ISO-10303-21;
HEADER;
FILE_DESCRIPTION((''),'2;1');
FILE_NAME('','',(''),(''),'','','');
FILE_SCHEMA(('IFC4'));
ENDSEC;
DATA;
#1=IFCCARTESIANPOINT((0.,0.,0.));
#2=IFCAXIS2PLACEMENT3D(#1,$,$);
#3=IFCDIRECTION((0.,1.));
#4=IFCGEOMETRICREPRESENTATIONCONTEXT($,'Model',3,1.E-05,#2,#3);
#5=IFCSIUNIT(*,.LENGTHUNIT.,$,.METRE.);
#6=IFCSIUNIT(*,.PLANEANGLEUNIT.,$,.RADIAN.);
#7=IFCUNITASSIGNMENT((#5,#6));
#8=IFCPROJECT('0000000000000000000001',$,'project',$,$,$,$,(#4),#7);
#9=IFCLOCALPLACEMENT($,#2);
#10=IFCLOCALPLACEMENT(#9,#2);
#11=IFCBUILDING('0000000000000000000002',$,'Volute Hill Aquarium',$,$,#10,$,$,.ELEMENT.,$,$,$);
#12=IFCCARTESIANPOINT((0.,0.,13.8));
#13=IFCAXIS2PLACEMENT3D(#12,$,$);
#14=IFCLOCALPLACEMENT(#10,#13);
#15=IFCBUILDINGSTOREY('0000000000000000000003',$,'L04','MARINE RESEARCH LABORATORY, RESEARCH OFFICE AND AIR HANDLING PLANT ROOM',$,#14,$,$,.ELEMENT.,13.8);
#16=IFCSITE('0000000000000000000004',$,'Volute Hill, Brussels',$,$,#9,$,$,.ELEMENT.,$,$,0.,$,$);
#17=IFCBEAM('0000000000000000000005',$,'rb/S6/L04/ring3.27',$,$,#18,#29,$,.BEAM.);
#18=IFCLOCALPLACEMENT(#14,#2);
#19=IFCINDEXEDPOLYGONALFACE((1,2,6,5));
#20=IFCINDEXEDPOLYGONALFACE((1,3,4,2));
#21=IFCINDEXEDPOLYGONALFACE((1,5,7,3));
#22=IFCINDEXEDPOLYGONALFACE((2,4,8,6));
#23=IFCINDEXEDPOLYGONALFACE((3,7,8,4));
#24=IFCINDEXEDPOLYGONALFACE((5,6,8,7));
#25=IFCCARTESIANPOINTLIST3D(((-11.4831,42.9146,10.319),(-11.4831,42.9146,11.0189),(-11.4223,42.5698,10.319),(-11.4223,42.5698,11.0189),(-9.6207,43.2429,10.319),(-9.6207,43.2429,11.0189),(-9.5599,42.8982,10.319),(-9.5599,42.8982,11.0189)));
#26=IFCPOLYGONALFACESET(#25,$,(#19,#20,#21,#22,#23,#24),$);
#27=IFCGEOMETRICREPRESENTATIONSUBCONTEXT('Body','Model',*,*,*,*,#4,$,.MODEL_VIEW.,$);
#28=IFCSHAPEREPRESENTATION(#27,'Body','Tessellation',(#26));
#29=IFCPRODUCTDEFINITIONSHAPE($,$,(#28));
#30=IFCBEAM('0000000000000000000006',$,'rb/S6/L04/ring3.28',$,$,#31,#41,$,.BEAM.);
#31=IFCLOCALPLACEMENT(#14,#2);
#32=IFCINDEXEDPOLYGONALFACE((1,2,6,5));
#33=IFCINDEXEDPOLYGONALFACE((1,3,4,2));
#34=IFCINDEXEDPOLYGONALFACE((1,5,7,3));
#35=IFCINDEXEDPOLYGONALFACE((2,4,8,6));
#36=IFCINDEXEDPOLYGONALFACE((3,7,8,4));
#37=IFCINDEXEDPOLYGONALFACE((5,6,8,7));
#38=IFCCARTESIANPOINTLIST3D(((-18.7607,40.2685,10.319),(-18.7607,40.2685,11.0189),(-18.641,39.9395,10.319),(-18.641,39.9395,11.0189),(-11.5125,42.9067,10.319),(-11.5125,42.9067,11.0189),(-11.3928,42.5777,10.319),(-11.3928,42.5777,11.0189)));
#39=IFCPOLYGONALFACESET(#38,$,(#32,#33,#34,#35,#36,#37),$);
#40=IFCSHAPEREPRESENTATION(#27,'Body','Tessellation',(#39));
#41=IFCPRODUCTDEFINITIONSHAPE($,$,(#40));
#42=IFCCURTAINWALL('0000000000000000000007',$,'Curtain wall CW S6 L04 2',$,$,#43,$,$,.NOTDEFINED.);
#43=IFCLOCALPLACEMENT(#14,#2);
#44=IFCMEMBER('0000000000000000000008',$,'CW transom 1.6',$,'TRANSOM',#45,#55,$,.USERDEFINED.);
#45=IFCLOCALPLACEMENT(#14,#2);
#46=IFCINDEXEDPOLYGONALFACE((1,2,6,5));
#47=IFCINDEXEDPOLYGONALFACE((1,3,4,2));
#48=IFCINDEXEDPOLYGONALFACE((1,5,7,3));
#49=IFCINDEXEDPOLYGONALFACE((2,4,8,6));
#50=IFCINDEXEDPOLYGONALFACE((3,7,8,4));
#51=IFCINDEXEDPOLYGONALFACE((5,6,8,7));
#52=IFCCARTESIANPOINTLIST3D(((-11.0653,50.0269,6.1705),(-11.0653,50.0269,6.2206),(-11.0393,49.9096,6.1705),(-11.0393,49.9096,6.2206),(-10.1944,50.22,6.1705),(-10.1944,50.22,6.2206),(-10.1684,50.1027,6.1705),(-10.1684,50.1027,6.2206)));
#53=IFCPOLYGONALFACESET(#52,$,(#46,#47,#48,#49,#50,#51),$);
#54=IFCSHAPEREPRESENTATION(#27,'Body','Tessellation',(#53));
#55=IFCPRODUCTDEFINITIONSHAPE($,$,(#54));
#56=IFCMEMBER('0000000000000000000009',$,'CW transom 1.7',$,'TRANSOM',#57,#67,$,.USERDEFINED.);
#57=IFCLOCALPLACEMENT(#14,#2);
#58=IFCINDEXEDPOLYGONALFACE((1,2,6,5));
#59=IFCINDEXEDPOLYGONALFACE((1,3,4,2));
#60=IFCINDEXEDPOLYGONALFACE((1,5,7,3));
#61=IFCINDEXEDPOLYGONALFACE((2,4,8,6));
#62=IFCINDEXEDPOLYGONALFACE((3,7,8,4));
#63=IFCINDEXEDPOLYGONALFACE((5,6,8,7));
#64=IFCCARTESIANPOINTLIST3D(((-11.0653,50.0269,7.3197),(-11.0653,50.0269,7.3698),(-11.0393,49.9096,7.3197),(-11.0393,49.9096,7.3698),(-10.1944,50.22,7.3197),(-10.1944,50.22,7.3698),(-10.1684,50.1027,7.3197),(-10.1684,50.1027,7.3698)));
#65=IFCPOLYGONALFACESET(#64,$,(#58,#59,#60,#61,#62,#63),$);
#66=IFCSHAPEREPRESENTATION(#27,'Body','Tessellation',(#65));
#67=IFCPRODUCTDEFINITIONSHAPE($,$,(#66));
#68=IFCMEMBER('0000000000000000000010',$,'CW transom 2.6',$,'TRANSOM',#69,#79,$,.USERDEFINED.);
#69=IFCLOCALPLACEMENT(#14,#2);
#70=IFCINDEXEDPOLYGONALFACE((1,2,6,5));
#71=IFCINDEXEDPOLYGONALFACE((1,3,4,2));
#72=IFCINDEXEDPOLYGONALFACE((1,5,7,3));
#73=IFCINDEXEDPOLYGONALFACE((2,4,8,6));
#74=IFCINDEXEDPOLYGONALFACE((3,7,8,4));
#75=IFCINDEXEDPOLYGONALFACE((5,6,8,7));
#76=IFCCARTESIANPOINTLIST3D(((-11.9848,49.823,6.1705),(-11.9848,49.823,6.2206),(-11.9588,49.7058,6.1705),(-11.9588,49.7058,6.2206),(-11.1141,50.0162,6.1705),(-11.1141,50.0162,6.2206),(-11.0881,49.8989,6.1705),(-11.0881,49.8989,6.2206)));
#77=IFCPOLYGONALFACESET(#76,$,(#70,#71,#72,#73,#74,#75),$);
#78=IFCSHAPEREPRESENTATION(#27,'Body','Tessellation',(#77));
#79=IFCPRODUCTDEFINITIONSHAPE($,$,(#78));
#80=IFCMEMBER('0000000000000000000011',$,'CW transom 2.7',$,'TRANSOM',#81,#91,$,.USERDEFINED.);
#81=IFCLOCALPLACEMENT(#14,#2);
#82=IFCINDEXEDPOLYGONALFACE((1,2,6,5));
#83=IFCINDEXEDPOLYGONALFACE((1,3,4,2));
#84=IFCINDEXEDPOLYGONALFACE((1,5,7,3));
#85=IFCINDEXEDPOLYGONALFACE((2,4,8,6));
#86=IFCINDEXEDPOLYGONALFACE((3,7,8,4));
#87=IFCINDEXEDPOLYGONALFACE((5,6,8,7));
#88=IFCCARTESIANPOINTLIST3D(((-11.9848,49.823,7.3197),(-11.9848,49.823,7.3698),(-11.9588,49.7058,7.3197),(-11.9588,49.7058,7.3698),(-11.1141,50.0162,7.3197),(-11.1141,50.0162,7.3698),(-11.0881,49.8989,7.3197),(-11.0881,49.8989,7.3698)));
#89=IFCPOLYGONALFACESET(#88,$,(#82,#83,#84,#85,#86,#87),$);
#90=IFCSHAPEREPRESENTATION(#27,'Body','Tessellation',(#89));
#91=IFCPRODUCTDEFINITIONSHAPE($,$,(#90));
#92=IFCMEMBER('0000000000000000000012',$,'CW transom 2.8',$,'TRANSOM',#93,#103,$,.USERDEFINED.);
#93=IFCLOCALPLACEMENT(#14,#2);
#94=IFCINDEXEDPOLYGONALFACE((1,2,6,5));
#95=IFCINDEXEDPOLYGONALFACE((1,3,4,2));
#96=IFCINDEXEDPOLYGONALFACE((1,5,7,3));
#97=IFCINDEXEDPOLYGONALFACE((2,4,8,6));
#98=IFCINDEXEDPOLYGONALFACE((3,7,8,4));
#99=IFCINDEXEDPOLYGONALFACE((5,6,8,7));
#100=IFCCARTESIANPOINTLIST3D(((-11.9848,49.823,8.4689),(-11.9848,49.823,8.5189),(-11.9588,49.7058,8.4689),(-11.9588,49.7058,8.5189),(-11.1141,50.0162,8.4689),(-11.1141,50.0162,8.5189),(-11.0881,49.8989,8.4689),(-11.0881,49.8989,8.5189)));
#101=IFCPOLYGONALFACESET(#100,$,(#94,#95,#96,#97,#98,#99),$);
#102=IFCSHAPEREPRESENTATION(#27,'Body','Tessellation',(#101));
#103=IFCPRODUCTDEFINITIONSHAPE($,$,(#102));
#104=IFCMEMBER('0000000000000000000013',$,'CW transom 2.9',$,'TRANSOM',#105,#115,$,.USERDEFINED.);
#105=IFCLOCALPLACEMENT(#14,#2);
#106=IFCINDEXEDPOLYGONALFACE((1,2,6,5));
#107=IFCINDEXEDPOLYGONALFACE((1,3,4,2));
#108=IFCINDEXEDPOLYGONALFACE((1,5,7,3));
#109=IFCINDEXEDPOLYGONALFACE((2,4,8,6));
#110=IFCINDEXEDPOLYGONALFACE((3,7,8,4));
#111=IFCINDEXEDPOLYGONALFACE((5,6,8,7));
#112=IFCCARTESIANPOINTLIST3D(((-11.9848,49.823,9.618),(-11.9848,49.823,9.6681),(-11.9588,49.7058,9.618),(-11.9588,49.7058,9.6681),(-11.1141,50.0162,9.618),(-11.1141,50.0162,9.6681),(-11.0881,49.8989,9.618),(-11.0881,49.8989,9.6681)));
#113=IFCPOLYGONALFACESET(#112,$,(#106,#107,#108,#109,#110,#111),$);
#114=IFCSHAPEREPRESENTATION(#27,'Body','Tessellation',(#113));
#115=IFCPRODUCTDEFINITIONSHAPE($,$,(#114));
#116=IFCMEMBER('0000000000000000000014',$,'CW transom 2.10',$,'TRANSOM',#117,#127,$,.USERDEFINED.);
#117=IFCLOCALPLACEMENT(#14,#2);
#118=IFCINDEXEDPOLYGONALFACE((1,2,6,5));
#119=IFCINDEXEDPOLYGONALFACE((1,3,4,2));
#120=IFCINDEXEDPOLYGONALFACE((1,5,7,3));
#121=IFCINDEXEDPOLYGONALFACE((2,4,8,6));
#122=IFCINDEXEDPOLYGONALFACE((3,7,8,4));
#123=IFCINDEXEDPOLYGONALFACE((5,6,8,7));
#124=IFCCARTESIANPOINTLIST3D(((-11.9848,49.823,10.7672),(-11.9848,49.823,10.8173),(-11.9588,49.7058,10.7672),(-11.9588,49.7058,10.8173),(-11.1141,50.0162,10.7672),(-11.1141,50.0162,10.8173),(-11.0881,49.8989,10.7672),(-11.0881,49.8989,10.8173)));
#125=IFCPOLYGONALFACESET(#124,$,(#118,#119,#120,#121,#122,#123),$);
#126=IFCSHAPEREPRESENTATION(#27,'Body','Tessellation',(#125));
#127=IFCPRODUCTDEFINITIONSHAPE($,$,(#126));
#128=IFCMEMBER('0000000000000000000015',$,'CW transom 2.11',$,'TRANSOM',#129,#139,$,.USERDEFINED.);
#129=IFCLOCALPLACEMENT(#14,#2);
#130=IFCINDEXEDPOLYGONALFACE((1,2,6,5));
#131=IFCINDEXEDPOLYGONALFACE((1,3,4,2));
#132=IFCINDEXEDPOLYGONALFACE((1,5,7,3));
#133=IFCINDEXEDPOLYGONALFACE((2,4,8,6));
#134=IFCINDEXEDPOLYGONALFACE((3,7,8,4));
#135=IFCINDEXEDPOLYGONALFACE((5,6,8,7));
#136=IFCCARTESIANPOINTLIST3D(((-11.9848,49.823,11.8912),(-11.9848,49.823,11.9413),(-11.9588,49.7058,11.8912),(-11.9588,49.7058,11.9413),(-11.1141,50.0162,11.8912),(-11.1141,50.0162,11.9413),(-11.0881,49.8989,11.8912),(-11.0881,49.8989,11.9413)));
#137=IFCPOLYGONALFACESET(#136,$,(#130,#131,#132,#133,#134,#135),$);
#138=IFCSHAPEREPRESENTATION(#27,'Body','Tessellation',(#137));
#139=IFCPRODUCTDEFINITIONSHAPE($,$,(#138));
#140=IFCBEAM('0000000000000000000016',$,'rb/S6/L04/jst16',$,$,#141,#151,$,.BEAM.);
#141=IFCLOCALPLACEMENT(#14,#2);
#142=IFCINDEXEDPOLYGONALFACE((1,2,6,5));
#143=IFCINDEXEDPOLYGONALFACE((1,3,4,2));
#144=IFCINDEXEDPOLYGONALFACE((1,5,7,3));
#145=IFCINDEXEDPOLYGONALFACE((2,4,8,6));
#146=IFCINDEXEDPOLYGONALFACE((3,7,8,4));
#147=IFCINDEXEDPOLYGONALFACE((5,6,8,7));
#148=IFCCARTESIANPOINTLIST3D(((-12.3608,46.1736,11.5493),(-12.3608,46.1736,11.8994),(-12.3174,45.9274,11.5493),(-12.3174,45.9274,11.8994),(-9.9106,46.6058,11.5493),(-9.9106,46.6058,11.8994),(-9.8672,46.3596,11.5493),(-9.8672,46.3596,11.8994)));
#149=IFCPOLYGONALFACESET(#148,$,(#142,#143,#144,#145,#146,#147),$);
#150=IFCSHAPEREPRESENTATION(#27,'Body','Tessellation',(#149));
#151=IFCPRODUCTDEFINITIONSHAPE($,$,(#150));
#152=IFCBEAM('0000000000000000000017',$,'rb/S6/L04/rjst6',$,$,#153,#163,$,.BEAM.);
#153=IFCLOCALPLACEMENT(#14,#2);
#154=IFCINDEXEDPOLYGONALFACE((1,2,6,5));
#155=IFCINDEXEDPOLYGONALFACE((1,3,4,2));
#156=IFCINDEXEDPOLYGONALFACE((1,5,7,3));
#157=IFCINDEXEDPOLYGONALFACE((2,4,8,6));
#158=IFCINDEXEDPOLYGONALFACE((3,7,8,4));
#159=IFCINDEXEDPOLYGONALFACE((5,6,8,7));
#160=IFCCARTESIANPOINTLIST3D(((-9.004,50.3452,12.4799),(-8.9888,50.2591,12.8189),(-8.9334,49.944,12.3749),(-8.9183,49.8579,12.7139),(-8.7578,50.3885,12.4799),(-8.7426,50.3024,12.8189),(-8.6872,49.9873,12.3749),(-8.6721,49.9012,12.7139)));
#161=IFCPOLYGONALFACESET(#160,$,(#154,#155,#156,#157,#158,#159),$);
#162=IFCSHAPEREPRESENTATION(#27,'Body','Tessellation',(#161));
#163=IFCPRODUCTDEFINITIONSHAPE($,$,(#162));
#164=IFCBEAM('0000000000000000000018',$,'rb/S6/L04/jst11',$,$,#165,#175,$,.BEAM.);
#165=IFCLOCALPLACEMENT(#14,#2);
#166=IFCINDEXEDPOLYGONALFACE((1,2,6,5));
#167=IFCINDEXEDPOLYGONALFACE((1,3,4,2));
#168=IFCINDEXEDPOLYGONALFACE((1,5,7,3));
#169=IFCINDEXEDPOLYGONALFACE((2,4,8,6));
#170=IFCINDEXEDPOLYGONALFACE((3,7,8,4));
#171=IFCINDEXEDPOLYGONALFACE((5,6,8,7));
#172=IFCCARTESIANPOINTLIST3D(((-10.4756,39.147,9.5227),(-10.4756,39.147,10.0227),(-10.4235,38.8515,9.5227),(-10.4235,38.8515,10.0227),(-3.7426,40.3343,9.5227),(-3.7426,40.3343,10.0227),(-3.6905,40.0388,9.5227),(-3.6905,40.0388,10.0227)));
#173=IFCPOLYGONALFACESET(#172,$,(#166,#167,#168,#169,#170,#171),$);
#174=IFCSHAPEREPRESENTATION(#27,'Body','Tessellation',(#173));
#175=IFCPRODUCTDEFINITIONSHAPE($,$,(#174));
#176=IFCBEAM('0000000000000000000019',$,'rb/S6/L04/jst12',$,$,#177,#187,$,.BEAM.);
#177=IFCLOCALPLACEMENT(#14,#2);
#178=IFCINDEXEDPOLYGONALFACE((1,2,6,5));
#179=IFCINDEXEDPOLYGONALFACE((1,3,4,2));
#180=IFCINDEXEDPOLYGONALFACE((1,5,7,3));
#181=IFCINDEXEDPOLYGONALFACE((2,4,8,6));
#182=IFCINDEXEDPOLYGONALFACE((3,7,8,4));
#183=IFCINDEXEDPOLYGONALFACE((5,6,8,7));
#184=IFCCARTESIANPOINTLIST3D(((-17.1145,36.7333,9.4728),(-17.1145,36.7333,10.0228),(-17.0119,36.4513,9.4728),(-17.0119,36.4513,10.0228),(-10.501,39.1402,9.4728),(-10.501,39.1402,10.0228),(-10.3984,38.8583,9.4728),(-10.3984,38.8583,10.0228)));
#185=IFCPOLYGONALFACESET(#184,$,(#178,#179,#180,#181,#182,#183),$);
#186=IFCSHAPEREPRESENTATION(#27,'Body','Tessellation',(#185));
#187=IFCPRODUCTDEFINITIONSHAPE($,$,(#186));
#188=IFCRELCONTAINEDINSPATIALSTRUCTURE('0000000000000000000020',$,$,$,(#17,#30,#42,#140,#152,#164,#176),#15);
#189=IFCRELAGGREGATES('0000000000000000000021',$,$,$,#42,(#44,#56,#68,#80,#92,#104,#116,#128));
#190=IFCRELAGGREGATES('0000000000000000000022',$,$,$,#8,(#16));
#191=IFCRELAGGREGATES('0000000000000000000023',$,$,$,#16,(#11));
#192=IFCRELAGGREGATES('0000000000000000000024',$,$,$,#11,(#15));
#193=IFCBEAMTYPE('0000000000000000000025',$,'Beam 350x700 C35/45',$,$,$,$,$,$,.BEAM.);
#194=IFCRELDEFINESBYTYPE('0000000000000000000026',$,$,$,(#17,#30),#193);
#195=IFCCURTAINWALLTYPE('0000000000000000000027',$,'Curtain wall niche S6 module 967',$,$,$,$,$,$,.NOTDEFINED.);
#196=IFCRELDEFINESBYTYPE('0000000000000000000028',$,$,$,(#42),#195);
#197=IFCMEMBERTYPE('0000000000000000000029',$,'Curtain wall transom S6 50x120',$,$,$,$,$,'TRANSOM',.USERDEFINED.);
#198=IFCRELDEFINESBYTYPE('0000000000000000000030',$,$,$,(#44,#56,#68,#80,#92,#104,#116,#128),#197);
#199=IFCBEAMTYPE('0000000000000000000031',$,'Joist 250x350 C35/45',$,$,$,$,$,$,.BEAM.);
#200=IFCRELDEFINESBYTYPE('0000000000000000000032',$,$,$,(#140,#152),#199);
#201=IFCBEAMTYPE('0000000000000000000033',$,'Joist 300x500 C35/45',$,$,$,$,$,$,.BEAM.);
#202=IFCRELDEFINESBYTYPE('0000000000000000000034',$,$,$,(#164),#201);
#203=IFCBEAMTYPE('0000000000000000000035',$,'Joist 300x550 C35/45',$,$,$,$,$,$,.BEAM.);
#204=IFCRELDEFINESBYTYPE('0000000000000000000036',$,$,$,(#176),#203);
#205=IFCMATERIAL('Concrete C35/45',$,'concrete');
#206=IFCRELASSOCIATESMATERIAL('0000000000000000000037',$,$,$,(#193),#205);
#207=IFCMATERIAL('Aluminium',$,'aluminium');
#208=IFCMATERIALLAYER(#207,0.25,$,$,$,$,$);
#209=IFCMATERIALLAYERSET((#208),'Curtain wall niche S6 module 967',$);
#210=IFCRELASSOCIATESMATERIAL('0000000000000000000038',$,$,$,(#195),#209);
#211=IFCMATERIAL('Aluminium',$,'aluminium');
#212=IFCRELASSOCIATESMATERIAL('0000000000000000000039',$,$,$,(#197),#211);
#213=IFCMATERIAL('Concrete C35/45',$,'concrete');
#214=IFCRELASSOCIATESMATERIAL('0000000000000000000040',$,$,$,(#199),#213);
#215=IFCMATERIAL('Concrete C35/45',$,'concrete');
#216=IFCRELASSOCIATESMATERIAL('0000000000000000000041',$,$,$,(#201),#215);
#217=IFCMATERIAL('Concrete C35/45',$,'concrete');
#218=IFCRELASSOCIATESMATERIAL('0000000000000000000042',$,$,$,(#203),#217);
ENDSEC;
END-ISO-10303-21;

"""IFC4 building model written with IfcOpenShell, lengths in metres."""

from ifc_helpers import new_model, si_unit, direction, frame, origin, origin_2d, place, context, subcontext, project, spatial, rectangle, extrude, material, layer, layer_set, material_profile, profile_set, type_object, element, aggregate, save


model = new_model("IFC4")

# Units and contexts
model_context = context("Model", 3, precision=1e-05, world=origin(), true_north=direction((0.0, 1.0)))
body_context = subcontext(model_context, "Body", "Model", "MODEL_VIEW")
ifc_project = project(units=[si_unit("LENGTHUNIT", "METRE"), si_unit("PLANEANGLEUNIT", "RADIAN")], contexts=[model_context])

# Site, building, storey
site_placement = place(None, origin())
site = spatial("IfcSite", under=ifc_project, at=site_placement, Name="Volute Hill, Brussels", CompositionType="ELEMENT", RefElevation=0.0)
building_placement = place(site_placement, origin())
building = spatial("IfcBuilding", under=site, at=building_placement, Name="Volute Hill Aquarium", CompositionType="ELEMENT")
storey_placement = place(building_placement, frame((0.0, 0.0, 13.8)))
storey = spatial("IfcBuildingStorey", under=building, at=storey_placement, Name="L04", Description="MARINE RESEARCH LABORATORY, RESEARCH OFFICE AND AIR HANDLING PLANT ROOM", CompositionType="ELEMENT", Elevation=13.8)

# Beams
ifc_material_1 = material(Name="Concrete C35/45", Category="concrete")
ifc_material_profile_1 = material_profile(ifc_material_1, rectangle(XDim=0.3501, YDim=0.7, at=origin_2d()), Name="RC beam 350x700")
ifc_profile_set_1 = profile_set([ifc_material_profile_1], Name="Concrete C35/45")
beam_type_1 = type_object("IfcBeamType", Name="Beam 350x700 C35/45", PredefinedType="BEAM", material=ifc_profile_set_1)
beam_1_placement = place(storey_placement, frame((-9.5903, 43.0706, 10.6689), z_axis=(-0.984808, -0.173645, 0.0), x_axis=(0.173645, -0.984808, 0.0)))
element("IfcBeam", 1, at=beam_1_placement, inside=storey, type_object=beam_type_1, Name="rb/S6/L04/ring3.27", PredefinedType="BEAM", context=body_context, shape_type="SweptSolid", body=[
    extrude(rectangle(XDim=0.3501, YDim=0.7, at=origin_2d()), origin(), (0.0, 0.0, 1.0), 1.8911),
])
beam_2_placement = place(storey_placement, frame((-11.4526, 42.7422, 10.6689), z_axis=(-0.939692, -0.342023, 0.0), x_axis=(0.342023, -0.939692, 0.0)))
element("IfcBeam", 2, at=beam_2_placement, inside=storey, type_object=beam_type_1, Name="rb/S6/L04/ring3.28", PredefinedType="BEAM", context=body_context, shape_type="SweptSolid", body=[
    extrude(rectangle(XDim=0.3501, YDim=0.7, at=origin_2d()), origin(), (0.0, 0.0, 1.0), 7.7134),
])

# Curtain wall, members
ifc_material_2 = material(Name="Aluminium", Category="aluminium")
ifc_layer_1 = layer(ifc_material_2, 0.25)
ifc_layer_set_1 = layer_set([ifc_layer_1], Name="Curtain wall niche S6 module 967")
curtain_wall_type = type_object("IfcCurtainWallType", Name="Curtain wall niche S6 module 967", PredefinedType="NOTDEFINED", material=ifc_layer_set_1)
curtain_wall_placement = place(storey_placement, origin())
curtain_wall = element("IfcCurtainWall", 3, at=curtain_wall_placement, inside=storey, type_object=curtain_wall_type, Name="Curtain wall CW S6 L04 2", PredefinedType="NOTDEFINED")
ifc_material_3 = material(Name="Aluminium", Category="aluminium")
ifc_material_profile_2 = material_profile(ifc_material_3, rectangle(XDim=0.1201, YDim=0.05, at=origin_2d()), Name="Curtain wall transom S6 50x120")
ifc_profile_set_2 = profile_set([ifc_material_profile_2], Name="Aluminium")
member_type = type_object("IfcMemberType", Name="Curtain wall transom S6 50x120", ElementType="TRANSOM", PredefinedType="USERDEFINED", material=ifc_profile_set_2)
member_1_placement = place(storey_placement, frame((-10.1814, 50.1614, 6.1956), z_axis=(-0.976284, -0.216496, 0.0), x_axis=(0.216496, -0.976284, 0.0)))
member_1 = element("IfcMember", 4, at=member_1_placement, type_object=member_type, Name="CW transom 1.6", ObjectType="TRANSOM", PredefinedType="USERDEFINED", context=body_context, shape_type="SweptSolid", body=[
    extrude(rectangle(XDim=0.1201, YDim=0.05, at=origin_2d()), origin(), (0.0, 0.0, 1.0), 0.8921),
])
member_2_placement = place(storey_placement, frame((-10.1814, 50.1614, 7.3447), z_axis=(-0.976284, -0.216496, 0.0), x_axis=(0.216496, -0.976284, 0.0)))
member_2 = element("IfcMember", 5, at=member_2_placement, type_object=member_type, Name="CW transom 1.7", ObjectType="TRANSOM", PredefinedType="USERDEFINED", context=body_context, shape_type="SweptSolid", body=[
    extrude(rectangle(XDim=0.1201, YDim=0.05, at=origin_2d()), origin(), (0.0, 0.0, 1.0), 0.8921),
])
member_3_placement = place(storey_placement, frame((-11.1011, 49.9575, 6.1956), z_axis=(-0.976271, -0.216554, 0.0), x_axis=(0.216554, -0.976271, 0.0)))
member_3 = element("IfcMember", 6, at=member_3_placement, type_object=member_type, Name="CW transom 2.6", ObjectType="TRANSOM", PredefinedType="USERDEFINED", context=body_context, shape_type="SweptSolid", body=[
    extrude(rectangle(XDim=0.1201, YDim=0.05, at=origin_2d()), origin(), (0.0, 0.0, 1.0), 0.8918),
])
member_4_placement = place(storey_placement, frame((-11.1011, 49.9575, 7.3447), z_axis=(-0.976271, -0.216554, 0.0), x_axis=(0.216554, -0.976271, 0.0)))
member_4 = element("IfcMember", 7, at=member_4_placement, type_object=member_type, Name="CW transom 2.7", ObjectType="TRANSOM", PredefinedType="USERDEFINED", context=body_context, shape_type="SweptSolid", body=[
    extrude(rectangle(XDim=0.1201, YDim=0.05, at=origin_2d()), origin(), (0.0, 0.0, 1.0), 0.8918),
])
member_5_placement = place(storey_placement, frame((-11.1011, 49.9575, 8.4939), z_axis=(-0.976271, -0.216554, 0.0), x_axis=(0.216554, -0.976271, 0.0)))
member_5 = element("IfcMember", 8, at=member_5_placement, type_object=member_type, Name="CW transom 2.8", ObjectType="TRANSOM", PredefinedType="USERDEFINED", context=body_context, shape_type="SweptSolid", body=[
    extrude(rectangle(XDim=0.1201, YDim=0.05, at=origin_2d()), origin(), (0.0, 0.0, 1.0), 0.8918),
])
member_6_placement = place(storey_placement, frame((-11.1011, 49.9575, 9.6431), z_axis=(-0.976271, -0.216554, 0.0), x_axis=(0.216554, -0.976271, 0.0)))
member_6 = element("IfcMember", 9, at=member_6_placement, type_object=member_type, Name="CW transom 2.9", ObjectType="TRANSOM", PredefinedType="USERDEFINED", context=body_context, shape_type="SweptSolid", body=[
    extrude(rectangle(XDim=0.1201, YDim=0.05, at=origin_2d()), origin(), (0.0, 0.0, 1.0), 0.8918),
])
member_7_placement = place(storey_placement, frame((-11.1011, 49.9575, 10.7922), z_axis=(-0.976271, -0.216554, 0.0), x_axis=(0.216554, -0.976271, 0.0)))
member_7 = element("IfcMember", 10, at=member_7_placement, type_object=member_type, Name="CW transom 2.10", ObjectType="TRANSOM", PredefinedType="USERDEFINED", context=body_context, shape_type="SweptSolid", body=[
    extrude(rectangle(XDim=0.1201, YDim=0.05, at=origin_2d()), origin(), (0.0, 0.0, 1.0), 0.8918),
])
member_8_placement = place(storey_placement, frame((-11.1011, 49.9575, 11.9163), z_axis=(-0.976271, -0.216554, 0.0), x_axis=(0.216554, -0.976271, 0.0)))
member_8 = element("IfcMember", 11, at=member_8_placement, type_object=member_type, Name="CW transom 2.11", ObjectType="TRANSOM", PredefinedType="USERDEFINED", context=body_context, shape_type="SweptSolid", body=[
    extrude(rectangle(XDim=0.1201, YDim=0.05, at=origin_2d()), origin(), (0.0, 0.0, 1.0), 0.8918),
])

# Beams
ifc_material_4 = material(Name="Concrete C35/45", Category="concrete")
ifc_material_profile_3 = material_profile(ifc_material_4, rectangle(XDim=0.25, YDim=0.3501, at=origin_2d()), Name="RC joist 250x350")
ifc_profile_set_3 = profile_set([ifc_material_profile_3], Name="Concrete C35/45")
beam_type_2 = type_object("IfcBeamType", Name="Joist 250x350 C35/45", PredefinedType="BEAM", material=ifc_profile_set_3)
beam_3_placement = place(storey_placement, frame((-9.8889, 46.4827, 11.7244), z_axis=(-0.984801, -0.173685, 0.0), x_axis=(0.173685, -0.984801, 0.0)))
element("IfcBeam", 12, at=beam_3_placement, inside=storey, type_object=beam_type_2, Name="rb/S6/L04/jst16", PredefinedType="BEAM", context=body_context, shape_type="SweptSolid", body=[
    extrude(rectangle(XDim=0.25, YDim=0.3501, at=origin_2d()), origin(), (0.0, 0.0, 1.0), 2.488),
])
beam_4_placement = place(storey_placement, frame((-8.8027, 49.9226, 12.5444), z_axis=(-0.167755, 0.953707, 0.249601), x_axis=(-0.98488, -0.173238, 0.0)))
element("IfcBeam", 13, at=beam_4_placement, inside=storey, type_object=beam_type_2, Name="rb/S6/L04/rjst6", PredefinedType="BEAM", context=body_context, shape_type="SweptSolid", body=[
    extrude(rectangle(XDim=0.25, YDim=0.3501, at=origin_2d()), origin(), (0.0, 0.0, 1.0), 0.4207),
])
ifc_material_5 = material(Name="Concrete C35/45", Category="concrete")
ifc_material_profile_4 = material_profile(ifc_material_5, rectangle(XDim=0.3, YDim=0.5, at=origin_2d()), Name="RC joist 300x500")
ifc_profile_set_4 = profile_set([ifc_material_profile_4], Name="Concrete C35/45")
beam_type_3 = type_object("IfcBeamType", Name="Joist 300x500 C35/45", PredefinedType="BEAM", material=ifc_profile_set_4)
beam_5_placement = place(storey_placement, frame((-3.7166, 40.1865, 9.7727), z_axis=(-0.984807, -0.173651, 0.0), x_axis=(0.173651, -0.984807, 0.0)))
element("IfcBeam", 14, at=beam_5_placement, inside=storey, type_object=beam_type_3, Name="rb/S6/L04/jst11", PredefinedType="BEAM", context=body_context, shape_type="SweptSolid", body=[
    extrude(rectangle(XDim=0.3, YDim=0.5, at=origin_2d()), origin(), (0.0, 0.0, 1.0), 6.8369),
])
ifc_material_6 = material(Name="Concrete C35/45", Category="concrete")
ifc_material_profile_5 = material_profile(ifc_material_6, rectangle(XDim=0.3, YDim=0.55, at=origin_2d()), Name="RC joist 300x550")
ifc_profile_set_5 = profile_set([ifc_material_profile_5], Name="Concrete C35/45")
beam_type_4 = type_object("IfcBeamType", Name="Joist 300x550 C35/45", PredefinedType="BEAM", material=ifc_profile_set_5)
beam_6_placement = place(storey_placement, frame((-10.4497, 38.9993, 9.7478), z_axis=(-0.939699, -0.342002, 0.0), x_axis=(0.342002, -0.939699, 0.0)))
element("IfcBeam", 15, at=beam_6_placement, inside=storey, type_object=beam_type_4, Name="rb/S6/L04/jst12", PredefinedType="BEAM", context=body_context, shape_type="SweptSolid", body=[
    extrude(rectangle(XDim=0.3, YDim=0.55, at=origin_2d()), origin(), (0.0, 0.0, 1.0), 7.0378),
])

aggregate(curtain_wall, [member_1, member_2, member_3, member_4, member_5, member_6, member_7, member_8])

save(model, "model.ifc")
